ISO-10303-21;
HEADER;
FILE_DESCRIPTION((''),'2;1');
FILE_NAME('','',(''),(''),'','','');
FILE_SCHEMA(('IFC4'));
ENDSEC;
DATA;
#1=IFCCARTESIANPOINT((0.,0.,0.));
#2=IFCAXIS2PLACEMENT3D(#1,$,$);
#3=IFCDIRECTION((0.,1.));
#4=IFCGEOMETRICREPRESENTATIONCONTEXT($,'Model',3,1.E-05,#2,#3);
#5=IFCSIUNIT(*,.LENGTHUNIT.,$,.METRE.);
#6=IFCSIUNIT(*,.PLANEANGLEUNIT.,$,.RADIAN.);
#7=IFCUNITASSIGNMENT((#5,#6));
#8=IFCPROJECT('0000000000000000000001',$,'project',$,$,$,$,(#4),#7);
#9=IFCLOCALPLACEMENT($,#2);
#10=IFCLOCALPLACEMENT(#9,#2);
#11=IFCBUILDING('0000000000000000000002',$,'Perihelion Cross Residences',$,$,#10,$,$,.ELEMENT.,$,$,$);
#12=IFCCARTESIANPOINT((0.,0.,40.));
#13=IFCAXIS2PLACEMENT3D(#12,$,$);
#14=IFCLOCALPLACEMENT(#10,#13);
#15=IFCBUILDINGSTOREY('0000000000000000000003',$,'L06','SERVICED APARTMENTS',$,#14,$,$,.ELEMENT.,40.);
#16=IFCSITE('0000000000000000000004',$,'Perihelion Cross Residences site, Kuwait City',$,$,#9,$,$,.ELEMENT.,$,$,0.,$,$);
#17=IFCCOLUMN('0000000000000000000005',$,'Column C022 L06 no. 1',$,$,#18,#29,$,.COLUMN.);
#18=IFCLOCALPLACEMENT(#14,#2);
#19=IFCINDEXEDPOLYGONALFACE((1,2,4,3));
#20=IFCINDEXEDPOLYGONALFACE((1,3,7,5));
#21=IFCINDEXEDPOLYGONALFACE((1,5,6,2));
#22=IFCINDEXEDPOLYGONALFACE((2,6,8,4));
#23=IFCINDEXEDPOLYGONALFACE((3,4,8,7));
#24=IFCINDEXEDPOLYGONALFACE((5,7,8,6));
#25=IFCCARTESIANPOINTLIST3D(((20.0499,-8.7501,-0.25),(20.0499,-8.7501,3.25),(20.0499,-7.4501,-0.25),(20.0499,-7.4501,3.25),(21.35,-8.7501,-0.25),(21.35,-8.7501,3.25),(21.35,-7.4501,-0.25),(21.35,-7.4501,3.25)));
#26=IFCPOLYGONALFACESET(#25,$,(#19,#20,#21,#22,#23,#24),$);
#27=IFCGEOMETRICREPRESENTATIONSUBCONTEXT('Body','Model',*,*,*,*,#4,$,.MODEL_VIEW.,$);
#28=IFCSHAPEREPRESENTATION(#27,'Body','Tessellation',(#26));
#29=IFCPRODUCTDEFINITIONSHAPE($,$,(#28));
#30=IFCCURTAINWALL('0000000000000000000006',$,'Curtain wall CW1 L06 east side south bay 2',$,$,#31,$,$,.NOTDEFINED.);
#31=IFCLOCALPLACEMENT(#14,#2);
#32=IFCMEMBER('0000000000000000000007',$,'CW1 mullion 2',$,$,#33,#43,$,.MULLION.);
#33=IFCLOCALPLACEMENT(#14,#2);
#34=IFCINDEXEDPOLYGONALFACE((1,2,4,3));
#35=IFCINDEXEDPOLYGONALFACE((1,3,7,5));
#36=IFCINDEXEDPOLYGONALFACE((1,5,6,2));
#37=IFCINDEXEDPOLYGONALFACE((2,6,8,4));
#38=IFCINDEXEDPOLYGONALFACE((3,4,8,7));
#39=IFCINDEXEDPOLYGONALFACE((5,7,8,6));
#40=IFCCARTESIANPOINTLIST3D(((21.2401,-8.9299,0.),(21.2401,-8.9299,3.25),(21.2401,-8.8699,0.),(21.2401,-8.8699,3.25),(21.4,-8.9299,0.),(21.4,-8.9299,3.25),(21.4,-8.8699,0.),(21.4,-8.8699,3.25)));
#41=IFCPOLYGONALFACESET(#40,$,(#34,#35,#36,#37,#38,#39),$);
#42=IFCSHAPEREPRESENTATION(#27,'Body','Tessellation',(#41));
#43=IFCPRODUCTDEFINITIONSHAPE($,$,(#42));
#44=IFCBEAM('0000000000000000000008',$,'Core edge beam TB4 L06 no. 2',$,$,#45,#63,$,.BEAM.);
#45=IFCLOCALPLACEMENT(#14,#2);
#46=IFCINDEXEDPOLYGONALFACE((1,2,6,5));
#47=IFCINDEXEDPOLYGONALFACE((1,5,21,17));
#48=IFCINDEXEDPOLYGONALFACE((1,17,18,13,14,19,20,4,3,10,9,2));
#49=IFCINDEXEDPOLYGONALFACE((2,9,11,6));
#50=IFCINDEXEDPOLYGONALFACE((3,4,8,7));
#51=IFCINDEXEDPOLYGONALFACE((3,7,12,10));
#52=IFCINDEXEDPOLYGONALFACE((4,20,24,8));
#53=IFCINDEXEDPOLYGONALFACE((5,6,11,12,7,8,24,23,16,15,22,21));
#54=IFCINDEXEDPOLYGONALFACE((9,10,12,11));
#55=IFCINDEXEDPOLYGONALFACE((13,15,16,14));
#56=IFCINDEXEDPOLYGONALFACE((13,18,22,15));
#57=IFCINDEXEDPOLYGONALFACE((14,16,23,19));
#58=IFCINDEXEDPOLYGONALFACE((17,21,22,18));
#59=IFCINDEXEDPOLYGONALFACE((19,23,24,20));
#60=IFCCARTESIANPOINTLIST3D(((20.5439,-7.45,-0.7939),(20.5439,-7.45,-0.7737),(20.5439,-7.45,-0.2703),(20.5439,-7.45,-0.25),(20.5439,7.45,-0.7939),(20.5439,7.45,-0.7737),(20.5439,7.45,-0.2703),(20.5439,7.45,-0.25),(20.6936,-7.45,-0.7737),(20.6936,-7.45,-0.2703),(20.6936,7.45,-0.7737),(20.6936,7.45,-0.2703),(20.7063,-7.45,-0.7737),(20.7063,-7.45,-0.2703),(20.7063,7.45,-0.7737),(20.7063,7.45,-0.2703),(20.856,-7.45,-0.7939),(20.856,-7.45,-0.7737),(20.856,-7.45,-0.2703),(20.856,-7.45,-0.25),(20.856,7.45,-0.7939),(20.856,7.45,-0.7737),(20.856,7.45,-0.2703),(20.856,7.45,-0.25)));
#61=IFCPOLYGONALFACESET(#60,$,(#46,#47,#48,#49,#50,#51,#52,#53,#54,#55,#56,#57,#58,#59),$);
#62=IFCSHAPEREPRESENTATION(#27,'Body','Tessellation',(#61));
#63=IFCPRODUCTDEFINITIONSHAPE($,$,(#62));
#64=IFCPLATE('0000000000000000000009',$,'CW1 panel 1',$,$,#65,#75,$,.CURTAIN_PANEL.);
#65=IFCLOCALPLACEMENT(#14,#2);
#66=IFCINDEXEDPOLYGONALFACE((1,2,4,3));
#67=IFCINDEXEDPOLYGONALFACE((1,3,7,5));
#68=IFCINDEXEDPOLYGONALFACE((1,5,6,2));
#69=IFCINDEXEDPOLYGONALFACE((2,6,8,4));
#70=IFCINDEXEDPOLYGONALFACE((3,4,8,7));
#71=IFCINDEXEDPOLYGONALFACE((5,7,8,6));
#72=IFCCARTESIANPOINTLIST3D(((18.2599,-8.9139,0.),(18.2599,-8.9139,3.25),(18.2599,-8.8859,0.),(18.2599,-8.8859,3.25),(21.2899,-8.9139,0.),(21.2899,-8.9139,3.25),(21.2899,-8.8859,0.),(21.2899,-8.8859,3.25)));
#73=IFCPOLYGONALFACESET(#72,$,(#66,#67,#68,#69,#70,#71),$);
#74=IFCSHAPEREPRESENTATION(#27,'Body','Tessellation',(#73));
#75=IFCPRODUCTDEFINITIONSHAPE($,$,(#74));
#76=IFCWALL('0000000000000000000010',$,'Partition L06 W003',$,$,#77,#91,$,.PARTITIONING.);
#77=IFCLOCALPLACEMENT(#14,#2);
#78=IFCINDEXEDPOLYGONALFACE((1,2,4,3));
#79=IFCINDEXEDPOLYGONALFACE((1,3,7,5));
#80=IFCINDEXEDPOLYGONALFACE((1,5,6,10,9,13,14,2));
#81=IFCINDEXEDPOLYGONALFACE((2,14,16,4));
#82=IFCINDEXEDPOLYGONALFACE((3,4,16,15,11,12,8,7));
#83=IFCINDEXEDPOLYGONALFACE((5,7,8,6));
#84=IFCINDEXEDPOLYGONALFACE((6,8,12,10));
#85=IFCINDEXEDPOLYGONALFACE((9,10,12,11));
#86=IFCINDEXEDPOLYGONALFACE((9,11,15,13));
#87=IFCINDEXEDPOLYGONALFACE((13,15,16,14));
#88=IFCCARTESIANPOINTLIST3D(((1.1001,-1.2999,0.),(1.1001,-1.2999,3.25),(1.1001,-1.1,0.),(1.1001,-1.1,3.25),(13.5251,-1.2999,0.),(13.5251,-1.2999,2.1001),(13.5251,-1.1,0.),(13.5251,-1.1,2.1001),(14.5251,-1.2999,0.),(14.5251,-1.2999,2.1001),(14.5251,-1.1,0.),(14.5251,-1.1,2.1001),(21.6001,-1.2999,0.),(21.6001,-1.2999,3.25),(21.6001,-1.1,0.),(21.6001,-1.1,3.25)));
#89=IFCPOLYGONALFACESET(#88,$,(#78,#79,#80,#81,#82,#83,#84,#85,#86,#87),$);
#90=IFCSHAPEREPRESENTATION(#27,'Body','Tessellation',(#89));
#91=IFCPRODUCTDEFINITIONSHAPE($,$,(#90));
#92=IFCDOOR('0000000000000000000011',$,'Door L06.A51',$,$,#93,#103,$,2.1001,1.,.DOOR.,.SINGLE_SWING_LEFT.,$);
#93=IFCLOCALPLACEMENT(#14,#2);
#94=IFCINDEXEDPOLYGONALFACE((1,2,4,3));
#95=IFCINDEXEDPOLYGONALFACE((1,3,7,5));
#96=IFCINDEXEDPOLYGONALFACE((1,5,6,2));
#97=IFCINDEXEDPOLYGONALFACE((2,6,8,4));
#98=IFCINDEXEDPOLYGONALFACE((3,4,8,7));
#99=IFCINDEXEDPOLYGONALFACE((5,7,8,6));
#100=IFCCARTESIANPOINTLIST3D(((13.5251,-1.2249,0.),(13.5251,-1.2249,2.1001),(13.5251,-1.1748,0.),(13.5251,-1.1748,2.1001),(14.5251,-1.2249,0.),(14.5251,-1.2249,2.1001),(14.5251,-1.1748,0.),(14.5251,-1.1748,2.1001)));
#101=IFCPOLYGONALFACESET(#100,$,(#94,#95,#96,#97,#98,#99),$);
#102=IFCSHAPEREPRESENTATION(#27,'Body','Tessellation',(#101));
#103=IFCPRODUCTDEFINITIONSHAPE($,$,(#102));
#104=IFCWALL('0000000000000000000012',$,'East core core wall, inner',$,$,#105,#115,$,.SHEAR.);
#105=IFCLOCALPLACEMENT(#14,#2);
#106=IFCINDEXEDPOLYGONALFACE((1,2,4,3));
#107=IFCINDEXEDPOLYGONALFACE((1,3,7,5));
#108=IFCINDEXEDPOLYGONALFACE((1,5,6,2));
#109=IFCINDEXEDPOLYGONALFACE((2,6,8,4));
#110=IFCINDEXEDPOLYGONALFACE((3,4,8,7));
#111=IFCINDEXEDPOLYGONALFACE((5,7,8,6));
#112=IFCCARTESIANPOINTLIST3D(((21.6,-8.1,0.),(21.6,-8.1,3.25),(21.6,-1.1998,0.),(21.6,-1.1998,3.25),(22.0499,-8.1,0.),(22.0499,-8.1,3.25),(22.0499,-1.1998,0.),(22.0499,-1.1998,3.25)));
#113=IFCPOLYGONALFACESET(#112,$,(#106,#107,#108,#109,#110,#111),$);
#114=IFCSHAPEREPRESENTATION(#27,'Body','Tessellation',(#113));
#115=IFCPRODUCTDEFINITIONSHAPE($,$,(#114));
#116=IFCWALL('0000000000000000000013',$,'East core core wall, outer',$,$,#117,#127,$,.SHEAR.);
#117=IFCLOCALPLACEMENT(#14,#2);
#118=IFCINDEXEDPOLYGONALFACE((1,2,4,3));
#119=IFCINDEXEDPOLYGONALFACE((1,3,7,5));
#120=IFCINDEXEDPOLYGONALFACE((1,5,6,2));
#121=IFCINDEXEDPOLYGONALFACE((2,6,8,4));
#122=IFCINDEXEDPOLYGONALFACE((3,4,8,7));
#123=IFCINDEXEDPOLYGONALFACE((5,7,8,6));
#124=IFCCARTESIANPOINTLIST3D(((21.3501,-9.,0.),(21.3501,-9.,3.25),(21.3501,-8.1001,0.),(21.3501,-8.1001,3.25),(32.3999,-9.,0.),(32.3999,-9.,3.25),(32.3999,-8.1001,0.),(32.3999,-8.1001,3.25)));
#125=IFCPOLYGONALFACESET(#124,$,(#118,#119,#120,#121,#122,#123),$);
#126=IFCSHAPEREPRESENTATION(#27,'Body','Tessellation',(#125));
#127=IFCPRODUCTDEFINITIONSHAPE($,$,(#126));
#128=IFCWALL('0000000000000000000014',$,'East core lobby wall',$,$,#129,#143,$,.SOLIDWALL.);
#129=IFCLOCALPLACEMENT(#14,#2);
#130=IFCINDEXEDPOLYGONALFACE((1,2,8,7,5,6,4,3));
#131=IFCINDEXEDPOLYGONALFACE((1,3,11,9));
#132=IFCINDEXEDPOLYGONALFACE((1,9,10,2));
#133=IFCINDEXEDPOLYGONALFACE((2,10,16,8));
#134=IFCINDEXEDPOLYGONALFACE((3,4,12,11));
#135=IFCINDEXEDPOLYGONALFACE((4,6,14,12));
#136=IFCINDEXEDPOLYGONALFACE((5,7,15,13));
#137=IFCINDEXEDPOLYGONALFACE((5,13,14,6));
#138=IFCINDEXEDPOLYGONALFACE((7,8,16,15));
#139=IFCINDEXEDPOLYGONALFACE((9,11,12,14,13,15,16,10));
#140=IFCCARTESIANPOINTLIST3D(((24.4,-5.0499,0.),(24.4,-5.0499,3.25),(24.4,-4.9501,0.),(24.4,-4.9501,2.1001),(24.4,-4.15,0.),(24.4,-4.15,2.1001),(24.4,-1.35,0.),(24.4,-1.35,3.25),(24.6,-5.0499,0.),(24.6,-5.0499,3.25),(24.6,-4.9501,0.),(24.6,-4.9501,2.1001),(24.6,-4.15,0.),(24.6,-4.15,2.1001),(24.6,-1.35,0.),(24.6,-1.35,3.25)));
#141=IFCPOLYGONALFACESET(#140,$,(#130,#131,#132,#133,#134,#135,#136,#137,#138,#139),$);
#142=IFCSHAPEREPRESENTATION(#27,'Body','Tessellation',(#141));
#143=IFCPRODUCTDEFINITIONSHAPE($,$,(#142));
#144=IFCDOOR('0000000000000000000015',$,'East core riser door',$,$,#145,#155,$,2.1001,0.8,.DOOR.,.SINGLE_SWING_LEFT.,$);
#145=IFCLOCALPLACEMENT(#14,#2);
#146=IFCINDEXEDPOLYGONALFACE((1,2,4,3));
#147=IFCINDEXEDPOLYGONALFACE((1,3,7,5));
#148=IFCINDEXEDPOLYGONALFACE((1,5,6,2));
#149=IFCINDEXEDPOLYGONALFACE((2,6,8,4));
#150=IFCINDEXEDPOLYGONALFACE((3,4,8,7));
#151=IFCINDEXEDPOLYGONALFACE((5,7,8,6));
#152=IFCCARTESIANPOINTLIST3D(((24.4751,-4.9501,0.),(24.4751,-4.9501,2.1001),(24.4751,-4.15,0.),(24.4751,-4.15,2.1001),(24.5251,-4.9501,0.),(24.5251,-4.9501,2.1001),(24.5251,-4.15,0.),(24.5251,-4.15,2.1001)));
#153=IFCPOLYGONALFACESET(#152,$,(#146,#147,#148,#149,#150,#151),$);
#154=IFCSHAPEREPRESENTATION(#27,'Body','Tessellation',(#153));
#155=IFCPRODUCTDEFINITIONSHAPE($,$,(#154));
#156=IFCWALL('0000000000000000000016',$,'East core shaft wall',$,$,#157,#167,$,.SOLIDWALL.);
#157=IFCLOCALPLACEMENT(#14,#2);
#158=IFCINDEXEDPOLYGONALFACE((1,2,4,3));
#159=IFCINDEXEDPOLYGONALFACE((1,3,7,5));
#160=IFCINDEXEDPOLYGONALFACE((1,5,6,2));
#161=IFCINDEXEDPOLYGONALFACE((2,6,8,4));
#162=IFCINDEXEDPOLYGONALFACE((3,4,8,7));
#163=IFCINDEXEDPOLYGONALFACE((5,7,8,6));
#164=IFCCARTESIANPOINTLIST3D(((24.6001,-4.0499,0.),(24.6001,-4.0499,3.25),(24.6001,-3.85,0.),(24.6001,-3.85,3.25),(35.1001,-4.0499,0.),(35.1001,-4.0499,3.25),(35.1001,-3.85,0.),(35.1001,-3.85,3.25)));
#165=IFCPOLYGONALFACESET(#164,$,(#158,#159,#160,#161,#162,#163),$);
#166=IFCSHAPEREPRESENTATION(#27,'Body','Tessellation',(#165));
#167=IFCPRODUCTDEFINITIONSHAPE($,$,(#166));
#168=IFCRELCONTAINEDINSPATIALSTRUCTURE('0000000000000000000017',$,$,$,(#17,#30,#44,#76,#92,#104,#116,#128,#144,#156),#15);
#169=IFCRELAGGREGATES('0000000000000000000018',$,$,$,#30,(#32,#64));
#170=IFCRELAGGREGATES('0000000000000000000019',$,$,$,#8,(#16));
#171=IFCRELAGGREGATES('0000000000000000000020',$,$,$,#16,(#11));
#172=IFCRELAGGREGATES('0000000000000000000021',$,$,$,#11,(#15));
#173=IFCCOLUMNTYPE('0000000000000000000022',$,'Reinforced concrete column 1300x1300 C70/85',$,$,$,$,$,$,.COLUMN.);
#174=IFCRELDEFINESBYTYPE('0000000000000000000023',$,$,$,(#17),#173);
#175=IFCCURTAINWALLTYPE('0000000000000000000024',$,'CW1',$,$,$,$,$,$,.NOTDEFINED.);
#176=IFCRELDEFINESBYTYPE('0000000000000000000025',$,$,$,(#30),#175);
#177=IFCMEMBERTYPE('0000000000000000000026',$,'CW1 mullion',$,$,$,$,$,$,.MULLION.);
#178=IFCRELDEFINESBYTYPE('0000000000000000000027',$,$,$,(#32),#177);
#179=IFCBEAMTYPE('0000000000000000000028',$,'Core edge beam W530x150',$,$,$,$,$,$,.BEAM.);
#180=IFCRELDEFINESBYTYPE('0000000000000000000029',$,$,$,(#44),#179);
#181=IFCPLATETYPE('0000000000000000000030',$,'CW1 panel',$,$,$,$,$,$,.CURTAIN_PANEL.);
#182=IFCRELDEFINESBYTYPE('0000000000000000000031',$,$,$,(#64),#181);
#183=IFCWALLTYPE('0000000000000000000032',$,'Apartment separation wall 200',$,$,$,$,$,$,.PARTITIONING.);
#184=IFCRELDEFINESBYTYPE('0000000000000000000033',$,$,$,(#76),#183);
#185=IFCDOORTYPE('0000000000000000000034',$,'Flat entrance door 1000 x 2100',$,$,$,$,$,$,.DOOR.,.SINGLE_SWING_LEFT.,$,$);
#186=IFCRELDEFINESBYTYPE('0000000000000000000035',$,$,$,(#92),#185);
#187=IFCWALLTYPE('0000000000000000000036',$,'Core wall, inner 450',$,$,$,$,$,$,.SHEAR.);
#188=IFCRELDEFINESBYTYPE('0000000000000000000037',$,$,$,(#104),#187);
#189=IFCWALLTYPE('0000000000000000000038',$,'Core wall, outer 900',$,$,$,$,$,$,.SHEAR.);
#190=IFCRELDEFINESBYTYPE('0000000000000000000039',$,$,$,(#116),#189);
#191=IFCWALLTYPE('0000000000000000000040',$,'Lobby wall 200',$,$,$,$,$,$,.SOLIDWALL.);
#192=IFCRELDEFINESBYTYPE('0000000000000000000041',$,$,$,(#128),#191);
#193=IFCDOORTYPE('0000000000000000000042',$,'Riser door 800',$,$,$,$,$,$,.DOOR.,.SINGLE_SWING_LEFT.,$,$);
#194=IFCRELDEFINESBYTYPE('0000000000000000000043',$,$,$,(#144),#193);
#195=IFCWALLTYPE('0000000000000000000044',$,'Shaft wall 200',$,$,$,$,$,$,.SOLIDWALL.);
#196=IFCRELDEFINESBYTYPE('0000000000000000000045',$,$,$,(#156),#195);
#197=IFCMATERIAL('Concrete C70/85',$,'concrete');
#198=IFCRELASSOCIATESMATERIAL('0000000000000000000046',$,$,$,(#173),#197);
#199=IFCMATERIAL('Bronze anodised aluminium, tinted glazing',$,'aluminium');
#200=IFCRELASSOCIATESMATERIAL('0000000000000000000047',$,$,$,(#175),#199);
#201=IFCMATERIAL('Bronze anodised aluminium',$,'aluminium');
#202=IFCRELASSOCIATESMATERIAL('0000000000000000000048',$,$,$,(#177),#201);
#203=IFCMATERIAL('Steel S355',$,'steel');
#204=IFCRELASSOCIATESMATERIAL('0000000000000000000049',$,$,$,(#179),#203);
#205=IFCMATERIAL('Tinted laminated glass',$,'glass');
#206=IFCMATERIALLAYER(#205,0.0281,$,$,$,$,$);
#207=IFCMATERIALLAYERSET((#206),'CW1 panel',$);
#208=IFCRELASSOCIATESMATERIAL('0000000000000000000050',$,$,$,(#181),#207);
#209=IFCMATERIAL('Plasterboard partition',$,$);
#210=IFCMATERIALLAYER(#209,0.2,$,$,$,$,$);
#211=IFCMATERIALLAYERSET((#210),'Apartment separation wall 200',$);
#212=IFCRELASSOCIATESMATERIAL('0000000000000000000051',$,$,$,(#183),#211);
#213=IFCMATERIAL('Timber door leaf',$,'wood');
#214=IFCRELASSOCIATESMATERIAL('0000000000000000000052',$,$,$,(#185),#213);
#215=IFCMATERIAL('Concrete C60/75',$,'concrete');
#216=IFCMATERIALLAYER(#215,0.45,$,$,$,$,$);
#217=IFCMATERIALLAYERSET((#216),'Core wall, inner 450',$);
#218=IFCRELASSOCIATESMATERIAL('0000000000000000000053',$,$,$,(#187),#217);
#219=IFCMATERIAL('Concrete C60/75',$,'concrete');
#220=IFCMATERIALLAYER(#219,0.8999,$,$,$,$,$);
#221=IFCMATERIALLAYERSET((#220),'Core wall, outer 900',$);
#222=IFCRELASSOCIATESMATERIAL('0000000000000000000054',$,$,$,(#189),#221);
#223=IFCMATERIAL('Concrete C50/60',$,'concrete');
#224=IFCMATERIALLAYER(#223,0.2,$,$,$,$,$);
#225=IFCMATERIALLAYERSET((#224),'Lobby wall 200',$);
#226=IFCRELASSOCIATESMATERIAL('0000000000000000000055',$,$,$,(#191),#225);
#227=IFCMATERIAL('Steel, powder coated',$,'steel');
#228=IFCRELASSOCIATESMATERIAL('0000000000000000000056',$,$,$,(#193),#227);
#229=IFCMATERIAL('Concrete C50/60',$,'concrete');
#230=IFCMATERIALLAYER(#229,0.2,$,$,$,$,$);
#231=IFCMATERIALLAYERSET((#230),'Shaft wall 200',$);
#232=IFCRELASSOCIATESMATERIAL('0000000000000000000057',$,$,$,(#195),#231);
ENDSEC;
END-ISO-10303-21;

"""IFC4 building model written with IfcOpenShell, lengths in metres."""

from ifc_helpers import new_model, si_unit, direction, frame, frame_2d, origin, origin_2d, place, context, subcontext, project, spatial, rectangle, i_section, extrude, material, layer, layer_set, material_profile, profile_set, type_object, element, fill, aggregate, save


model = new_model("IFC4")

# Units and contexts
model_context = context("Model", 3, precision=1e-05, world=origin(), true_north=direction((0.0, 1.0)))
body_context = subcontext(model_context, "Body", "Model", "MODEL_VIEW")
ifc_project = project(units=[si_unit("LENGTHUNIT", "METRE"), si_unit("PLANEANGLEUNIT", "RADIAN")], contexts=[model_context])

# Site, building, storey
site_placement = place(None, origin())
site = spatial("IfcSite", under=ifc_project, at=site_placement, Name="Perihelion Cross Residences site, Kuwait City", CompositionType="ELEMENT", RefElevation=0.0)
building_placement = place(site_placement, origin())
building = spatial("IfcBuilding", under=site, at=building_placement, Name="Perihelion Cross Residences", CompositionType="ELEMENT")
storey_placement = place(building_placement, frame((0.0, 0.0, 40.0)))
storey = spatial("IfcBuildingStorey", under=building, at=storey_placement, Name="L06", Description="SERVICED APARTMENTS", CompositionType="ELEMENT", Elevation=40.0)

# Column
ifc_material_1 = material(Name="Concrete C70/85", Category="concrete")
ifc_material_profile_1 = material_profile(ifc_material_1, rectangle(XDim=1.3, YDim=1.3, at=origin_2d()), Name="RC 1300x1300")
ifc_profile_set_1 = profile_set([ifc_material_profile_1], Name="Concrete C70/85")
column_type = type_object("IfcColumnType", Name="Reinforced concrete column 1300x1300 C70/85", PredefinedType="COLUMN", material=ifc_profile_set_1)
column_placement = place(storey_placement, frame((20.7, -8.1001, -0.25), z_axis=(0.0, 0.0, 1.0), x_axis=(1.0, 0.0, 0.0)))
element("IfcColumn", 1, at=column_placement, inside=storey, type_object=column_type, Name="Column C022 L06 no. 1", PredefinedType="COLUMN", context=body_context, shape_type="SweptSolid", body=[
    extrude(rectangle(XDim=1.3, YDim=1.3, at=origin_2d()), origin(), (0.0, 0.0, 1.0), 3.5),
])

# Curtain wall, member
ifc_material_2 = material(Name="Bronze anodised aluminium, tinted glazing", Category="aluminium")
curtain_wall_type = type_object("IfcCurtainWallType", Name="CW1", PredefinedType="NOTDEFINED", material=ifc_material_2)
curtain_wall_placement = place(storey_placement, origin())
curtain_wall = element("IfcCurtainWall", 2, at=curtain_wall_placement, inside=storey, type_object=curtain_wall_type, Name="Curtain wall CW1 L06 east side south bay 2", PredefinedType="NOTDEFINED")
ifc_material_3 = material(Name="Bronze anodised aluminium", Category="aluminium")
ifc_material_profile_2 = material_profile(ifc_material_3, rectangle(XDim=0.0601, YDim=0.1599, at=origin_2d()), Name="CW1 mullion")
ifc_profile_set_2 = profile_set([ifc_material_profile_2], Name="Bronze anodised aluminium")
member_type = type_object("IfcMemberType", Name="CW1 mullion", PredefinedType="MULLION", material=ifc_profile_set_2)
member_placement = place(storey_placement, frame((21.3201, -8.8999, 0.0), z_axis=(0.0, 0.0, 1.0), x_axis=(0.0, 1.0, 0.0)))
member = element("IfcMember", 3, at=member_placement, type_object=member_type, Name="CW1 mullion 2", PredefinedType="MULLION", context=body_context, shape_type="SweptSolid", body=[
    extrude(rectangle(XDim=0.0601, YDim=0.1599, at=origin_2d()), origin(), (0.0, 0.0, 1.0), 3.25),
])

# Beam
ifc_material_4 = material(Name="Steel S355", Category="steel")
ifc_material_profile_3 = material_profile(ifc_material_4, i_section(OverallWidth=0.312, OverallDepth=0.5439, WebThickness=0.0127, FlangeThickness=0.0203, at=origin_2d()), Name="W530x150")
ifc_profile_set_3 = profile_set([ifc_material_profile_3], Name="Steel S355")
beam_type = type_object("IfcBeamType", Name="Core edge beam W530x150", PredefinedType="BEAM", material=ifc_profile_set_3)
beam_placement = place(storey_placement, frame((20.7, -7.45, -0.522), z_axis=(0.0, 1.0, 0.0), x_axis=(-1.0, 0.0, 0.0)))
element("IfcBeam", 4, at=beam_placement, inside=storey, type_object=beam_type, Name="Core edge beam TB4 L06 no. 2", PredefinedType="BEAM", context=body_context, shape_type="SweptSolid", body=[
    extrude(i_section(OverallWidth=0.312, OverallDepth=0.5439, WebThickness=0.0127, FlangeThickness=0.0203, at=origin_2d()), origin(), (0.0, 0.0, 1.0), 14.8999),
])

# Plate
ifc_material_5 = material(Name="Tinted laminated glass", Category="glass")
ifc_layer_1 = layer(ifc_material_5, 0.0281)
ifc_layer_set_1 = layer_set([ifc_layer_1], Name="CW1 panel")
plate_type = type_object("IfcPlateType", Name="CW1 panel", PredefinedType="CURTAIN_PANEL", material=ifc_layer_set_1)
plate_placement = place(storey_placement, frame((19.7749, -8.8999, 0.0), z_axis=(0.0, 0.0, 1.0), x_axis=(1.0, 0.0, 0.0)))
plate = element("IfcPlate", 5, at=plate_placement, type_object=plate_type, Name="CW1 panel 1", PredefinedType="CURTAIN_PANEL", context=body_context, shape_type="SweptSolid", body=[
    extrude(rectangle(XDim=3.03, YDim=0.0281, at=origin_2d()), origin(), (0.0, 0.0, 1.0), 3.25),
])
aggregate(curtain_wall, [member, plate])

# Wall, opening, door
ifc_material_6 = material(Name="Plasterboard partition")
ifc_layer_2 = layer(ifc_material_6, 0.2)
ifc_layer_set_2 = layer_set([ifc_layer_2], Name="Apartment separation wall 200")
wall_type_1 = type_object("IfcWallType", Name="Apartment separation wall 200", PredefinedType="PARTITIONING", material=ifc_layer_set_2)
wall_1_placement = place(storey_placement, frame((21.6001, -1.2, 0.0), z_axis=(0.0, 0.0, 1.0), x_axis=(-1.0, 0.0, 0.0)))
wall_1 = element("IfcWall", 6, at=wall_1_placement, inside=storey, type_object=wall_type_1, Name="Partition L06 W003", PredefinedType="PARTITIONING", context=body_context, shape_type="SweptSolid", body=[
    extrude(rectangle(XDim=20.5, YDim=0.2, at=frame_2d((10.25, 0.0))), origin(), (0.0, 0.0, 1.0), 3.25),
])
opening_1_placement = place(wall_1_placement, frame((7.075, 0.0, 0.0)))
opening_1 = element("IfcOpeningElement", 7, at=opening_1_placement, cuts=wall_1, PredefinedType="OPENING", context=body_context, shape_type="SweptSolid", body=[
    extrude(rectangle(XDim=1.0, YDim=2.1001, at=frame_2d((0.5, 1.05))), frame((0.0, 0.1099, 0.0), z_axis=(0.0, -1.0, 0.0), x_axis=(1.0, 0.0, 0.0)), (0.0, 0.0, 1.0), 0.22),
])
ifc_material_7 = material(Name="Timber door leaf", Category="wood")
door_type_1 = type_object("IfcDoorType", Name="Flat entrance door 1000 x 2100", OperationType="SINGLE_SWING_LEFT", PredefinedType="DOOR", material=ifc_material_7)
door_1_placement = place(opening_1_placement, origin())
door_1 = element("IfcDoor", 8, at=door_1_placement, inside=storey, type_object=door_type_1, Name="Door L06.A51", OperationType="SINGLE_SWING_LEFT", OverallHeight=2.1001, OverallWidth=1.0, PredefinedType="DOOR", context=body_context, shape_type="SweptSolid", body=[
    extrude(rectangle(XDim=1.0, YDim=2.1001, at=frame_2d((0.5, 1.05))), frame((0.0, 0.0249, 0.0), z_axis=(0.0, -1.0, 0.0), x_axis=(1.0, 0.0, 0.0)), (0.0, 0.0, 1.0), 0.05),
])
fill(opening_1, door_1)

# Walls
ifc_material_8 = material(Name="Concrete C60/75", Category="concrete")
ifc_layer_3 = layer(ifc_material_8, 0.45)
ifc_layer_set_3 = layer_set([ifc_layer_3], Name="Core wall, inner 450")
wall_type_2 = type_object("IfcWallType", Name="Core wall, inner 450", PredefinedType="SHEAR", material=ifc_layer_set_3)
wall_2_placement = place(storey_placement, frame((21.825, -8.1001, 0.0), z_axis=(0.0, 0.0, 1.0), x_axis=(0.0, 1.0, 0.0)))
element("IfcWall", 9, at=wall_2_placement, inside=storey, type_object=wall_type_2, Name="East core core wall, inner", PredefinedType="SHEAR", context=body_context, shape_type="SweptSolid", body=[
    extrude(rectangle(XDim=6.9001, YDim=0.45, at=frame_2d((3.4502, 0.0))), origin(), (0.0, 0.0, 1.0), 3.25),
])
ifc_material_9 = material(Name="Concrete C60/75", Category="concrete")
ifc_layer_4 = layer(ifc_material_9, 0.8999)
ifc_layer_set_4 = layer_set([ifc_layer_4], Name="Core wall, outer 900")
wall_type_3 = type_object("IfcWallType", Name="Core wall, outer 900", PredefinedType="SHEAR", material=ifc_layer_set_4)
wall_3_placement = place(storey_placement, frame((21.3501, -8.55, 0.0), z_axis=(0.0, 0.0, 1.0), x_axis=(1.0, 0.0, 0.0)))
element("IfcWall", 10, at=wall_3_placement, inside=storey, type_object=wall_type_3, Name="East core core wall, outer", PredefinedType="SHEAR", context=body_context, shape_type="SweptSolid", body=[
    extrude(rectangle(XDim=11.0498, YDim=0.8999, at=frame_2d((5.5249, 0.0))), origin(), (0.0, 0.0, 1.0), 3.25),
])

# Wall, opening, door
ifc_material_10 = material(Name="Concrete C50/60", Category="concrete")
ifc_layer_5 = layer(ifc_material_10, 0.2)
ifc_layer_set_5 = layer_set([ifc_layer_5], Name="Lobby wall 200")
wall_type_4 = type_object("IfcWallType", Name="Lobby wall 200", PredefinedType="SOLIDWALL", material=ifc_layer_set_5)
wall_4_placement = place(storey_placement, frame((24.5, -5.05, 0.0), z_axis=(0.0, 0.0, 1.0), x_axis=(0.0, 1.0, 0.0)))
wall_4 = element("IfcWall", 11, at=wall_4_placement, inside=storey, type_object=wall_type_4, Name="East core lobby wall", PredefinedType="SOLIDWALL", context=body_context, shape_type="SweptSolid", body=[
    extrude(rectangle(XDim=3.7, YDim=0.2, at=frame_2d((1.8501, 0.0))), origin(), (0.0, 0.0, 1.0), 3.25),
])
opening_2_placement = place(wall_4_placement, frame((0.1001, 0.0, 0.0)))
opening_2 = element("IfcOpeningElement", 12, at=opening_2_placement, cuts=wall_4, PredefinedType="OPENING", context=body_context, shape_type="SweptSolid", body=[
    extrude(rectangle(XDim=0.8, YDim=2.1001, at=frame_2d((0.3999, 1.05))), frame((0.0, 0.1099, 0.0), z_axis=(0.0, -1.0, 0.0), x_axis=(1.0, 0.0, 0.0)), (0.0, 0.0, 1.0), 0.22),
])
ifc_material_11 = material(Name="Steel, powder coated", Category="steel")
door_type_2 = type_object("IfcDoorType", Name="Riser door 800", OperationType="SINGLE_SWING_LEFT", PredefinedType="DOOR", material=ifc_material_11)
door_2_placement = place(opening_2_placement, origin())
door_2 = element("IfcDoor", 13, at=door_2_placement, inside=storey, type_object=door_type_2, Name="East core riser door", OperationType="SINGLE_SWING_LEFT", OverallHeight=2.1001, OverallWidth=0.8, PredefinedType="DOOR", context=body_context, shape_type="SweptSolid", body=[
    extrude(rectangle(XDim=0.8, YDim=2.1001, at=frame_2d((0.3999, 1.05))), frame((0.0, 0.0249, 0.0), z_axis=(0.0, -1.0, 0.0), x_axis=(1.0, 0.0, 0.0)), (0.0, 0.0, 1.0), 0.05),
])
fill(opening_2, door_2)

# Wall
ifc_material_12 = material(Name="Concrete C50/60", Category="concrete")
ifc_layer_6 = layer(ifc_material_12, 0.2)
ifc_layer_set_6 = layer_set([ifc_layer_6], Name="Shaft wall 200")
wall_type_5 = type_object("IfcWallType", Name="Shaft wall 200", PredefinedType="SOLIDWALL", material=ifc_layer_set_6)
wall_5_placement = place(storey_placement, frame((24.6001, -3.95, 0.0), z_axis=(0.0, 0.0, 1.0), x_axis=(1.0, 0.0, 0.0)))
element("IfcWall", 14, at=wall_5_placement, inside=storey, type_object=wall_type_5, Name="East core shaft wall", PredefinedType="SOLIDWALL", context=body_context, shape_type="SweptSolid", body=[
    extrude(rectangle(XDim=10.5, YDim=0.2, at=frame_2d((5.25, 0.0))), origin(), (0.0, 0.0, 1.0), 3.25),
])

save(model, "model.ifc")
